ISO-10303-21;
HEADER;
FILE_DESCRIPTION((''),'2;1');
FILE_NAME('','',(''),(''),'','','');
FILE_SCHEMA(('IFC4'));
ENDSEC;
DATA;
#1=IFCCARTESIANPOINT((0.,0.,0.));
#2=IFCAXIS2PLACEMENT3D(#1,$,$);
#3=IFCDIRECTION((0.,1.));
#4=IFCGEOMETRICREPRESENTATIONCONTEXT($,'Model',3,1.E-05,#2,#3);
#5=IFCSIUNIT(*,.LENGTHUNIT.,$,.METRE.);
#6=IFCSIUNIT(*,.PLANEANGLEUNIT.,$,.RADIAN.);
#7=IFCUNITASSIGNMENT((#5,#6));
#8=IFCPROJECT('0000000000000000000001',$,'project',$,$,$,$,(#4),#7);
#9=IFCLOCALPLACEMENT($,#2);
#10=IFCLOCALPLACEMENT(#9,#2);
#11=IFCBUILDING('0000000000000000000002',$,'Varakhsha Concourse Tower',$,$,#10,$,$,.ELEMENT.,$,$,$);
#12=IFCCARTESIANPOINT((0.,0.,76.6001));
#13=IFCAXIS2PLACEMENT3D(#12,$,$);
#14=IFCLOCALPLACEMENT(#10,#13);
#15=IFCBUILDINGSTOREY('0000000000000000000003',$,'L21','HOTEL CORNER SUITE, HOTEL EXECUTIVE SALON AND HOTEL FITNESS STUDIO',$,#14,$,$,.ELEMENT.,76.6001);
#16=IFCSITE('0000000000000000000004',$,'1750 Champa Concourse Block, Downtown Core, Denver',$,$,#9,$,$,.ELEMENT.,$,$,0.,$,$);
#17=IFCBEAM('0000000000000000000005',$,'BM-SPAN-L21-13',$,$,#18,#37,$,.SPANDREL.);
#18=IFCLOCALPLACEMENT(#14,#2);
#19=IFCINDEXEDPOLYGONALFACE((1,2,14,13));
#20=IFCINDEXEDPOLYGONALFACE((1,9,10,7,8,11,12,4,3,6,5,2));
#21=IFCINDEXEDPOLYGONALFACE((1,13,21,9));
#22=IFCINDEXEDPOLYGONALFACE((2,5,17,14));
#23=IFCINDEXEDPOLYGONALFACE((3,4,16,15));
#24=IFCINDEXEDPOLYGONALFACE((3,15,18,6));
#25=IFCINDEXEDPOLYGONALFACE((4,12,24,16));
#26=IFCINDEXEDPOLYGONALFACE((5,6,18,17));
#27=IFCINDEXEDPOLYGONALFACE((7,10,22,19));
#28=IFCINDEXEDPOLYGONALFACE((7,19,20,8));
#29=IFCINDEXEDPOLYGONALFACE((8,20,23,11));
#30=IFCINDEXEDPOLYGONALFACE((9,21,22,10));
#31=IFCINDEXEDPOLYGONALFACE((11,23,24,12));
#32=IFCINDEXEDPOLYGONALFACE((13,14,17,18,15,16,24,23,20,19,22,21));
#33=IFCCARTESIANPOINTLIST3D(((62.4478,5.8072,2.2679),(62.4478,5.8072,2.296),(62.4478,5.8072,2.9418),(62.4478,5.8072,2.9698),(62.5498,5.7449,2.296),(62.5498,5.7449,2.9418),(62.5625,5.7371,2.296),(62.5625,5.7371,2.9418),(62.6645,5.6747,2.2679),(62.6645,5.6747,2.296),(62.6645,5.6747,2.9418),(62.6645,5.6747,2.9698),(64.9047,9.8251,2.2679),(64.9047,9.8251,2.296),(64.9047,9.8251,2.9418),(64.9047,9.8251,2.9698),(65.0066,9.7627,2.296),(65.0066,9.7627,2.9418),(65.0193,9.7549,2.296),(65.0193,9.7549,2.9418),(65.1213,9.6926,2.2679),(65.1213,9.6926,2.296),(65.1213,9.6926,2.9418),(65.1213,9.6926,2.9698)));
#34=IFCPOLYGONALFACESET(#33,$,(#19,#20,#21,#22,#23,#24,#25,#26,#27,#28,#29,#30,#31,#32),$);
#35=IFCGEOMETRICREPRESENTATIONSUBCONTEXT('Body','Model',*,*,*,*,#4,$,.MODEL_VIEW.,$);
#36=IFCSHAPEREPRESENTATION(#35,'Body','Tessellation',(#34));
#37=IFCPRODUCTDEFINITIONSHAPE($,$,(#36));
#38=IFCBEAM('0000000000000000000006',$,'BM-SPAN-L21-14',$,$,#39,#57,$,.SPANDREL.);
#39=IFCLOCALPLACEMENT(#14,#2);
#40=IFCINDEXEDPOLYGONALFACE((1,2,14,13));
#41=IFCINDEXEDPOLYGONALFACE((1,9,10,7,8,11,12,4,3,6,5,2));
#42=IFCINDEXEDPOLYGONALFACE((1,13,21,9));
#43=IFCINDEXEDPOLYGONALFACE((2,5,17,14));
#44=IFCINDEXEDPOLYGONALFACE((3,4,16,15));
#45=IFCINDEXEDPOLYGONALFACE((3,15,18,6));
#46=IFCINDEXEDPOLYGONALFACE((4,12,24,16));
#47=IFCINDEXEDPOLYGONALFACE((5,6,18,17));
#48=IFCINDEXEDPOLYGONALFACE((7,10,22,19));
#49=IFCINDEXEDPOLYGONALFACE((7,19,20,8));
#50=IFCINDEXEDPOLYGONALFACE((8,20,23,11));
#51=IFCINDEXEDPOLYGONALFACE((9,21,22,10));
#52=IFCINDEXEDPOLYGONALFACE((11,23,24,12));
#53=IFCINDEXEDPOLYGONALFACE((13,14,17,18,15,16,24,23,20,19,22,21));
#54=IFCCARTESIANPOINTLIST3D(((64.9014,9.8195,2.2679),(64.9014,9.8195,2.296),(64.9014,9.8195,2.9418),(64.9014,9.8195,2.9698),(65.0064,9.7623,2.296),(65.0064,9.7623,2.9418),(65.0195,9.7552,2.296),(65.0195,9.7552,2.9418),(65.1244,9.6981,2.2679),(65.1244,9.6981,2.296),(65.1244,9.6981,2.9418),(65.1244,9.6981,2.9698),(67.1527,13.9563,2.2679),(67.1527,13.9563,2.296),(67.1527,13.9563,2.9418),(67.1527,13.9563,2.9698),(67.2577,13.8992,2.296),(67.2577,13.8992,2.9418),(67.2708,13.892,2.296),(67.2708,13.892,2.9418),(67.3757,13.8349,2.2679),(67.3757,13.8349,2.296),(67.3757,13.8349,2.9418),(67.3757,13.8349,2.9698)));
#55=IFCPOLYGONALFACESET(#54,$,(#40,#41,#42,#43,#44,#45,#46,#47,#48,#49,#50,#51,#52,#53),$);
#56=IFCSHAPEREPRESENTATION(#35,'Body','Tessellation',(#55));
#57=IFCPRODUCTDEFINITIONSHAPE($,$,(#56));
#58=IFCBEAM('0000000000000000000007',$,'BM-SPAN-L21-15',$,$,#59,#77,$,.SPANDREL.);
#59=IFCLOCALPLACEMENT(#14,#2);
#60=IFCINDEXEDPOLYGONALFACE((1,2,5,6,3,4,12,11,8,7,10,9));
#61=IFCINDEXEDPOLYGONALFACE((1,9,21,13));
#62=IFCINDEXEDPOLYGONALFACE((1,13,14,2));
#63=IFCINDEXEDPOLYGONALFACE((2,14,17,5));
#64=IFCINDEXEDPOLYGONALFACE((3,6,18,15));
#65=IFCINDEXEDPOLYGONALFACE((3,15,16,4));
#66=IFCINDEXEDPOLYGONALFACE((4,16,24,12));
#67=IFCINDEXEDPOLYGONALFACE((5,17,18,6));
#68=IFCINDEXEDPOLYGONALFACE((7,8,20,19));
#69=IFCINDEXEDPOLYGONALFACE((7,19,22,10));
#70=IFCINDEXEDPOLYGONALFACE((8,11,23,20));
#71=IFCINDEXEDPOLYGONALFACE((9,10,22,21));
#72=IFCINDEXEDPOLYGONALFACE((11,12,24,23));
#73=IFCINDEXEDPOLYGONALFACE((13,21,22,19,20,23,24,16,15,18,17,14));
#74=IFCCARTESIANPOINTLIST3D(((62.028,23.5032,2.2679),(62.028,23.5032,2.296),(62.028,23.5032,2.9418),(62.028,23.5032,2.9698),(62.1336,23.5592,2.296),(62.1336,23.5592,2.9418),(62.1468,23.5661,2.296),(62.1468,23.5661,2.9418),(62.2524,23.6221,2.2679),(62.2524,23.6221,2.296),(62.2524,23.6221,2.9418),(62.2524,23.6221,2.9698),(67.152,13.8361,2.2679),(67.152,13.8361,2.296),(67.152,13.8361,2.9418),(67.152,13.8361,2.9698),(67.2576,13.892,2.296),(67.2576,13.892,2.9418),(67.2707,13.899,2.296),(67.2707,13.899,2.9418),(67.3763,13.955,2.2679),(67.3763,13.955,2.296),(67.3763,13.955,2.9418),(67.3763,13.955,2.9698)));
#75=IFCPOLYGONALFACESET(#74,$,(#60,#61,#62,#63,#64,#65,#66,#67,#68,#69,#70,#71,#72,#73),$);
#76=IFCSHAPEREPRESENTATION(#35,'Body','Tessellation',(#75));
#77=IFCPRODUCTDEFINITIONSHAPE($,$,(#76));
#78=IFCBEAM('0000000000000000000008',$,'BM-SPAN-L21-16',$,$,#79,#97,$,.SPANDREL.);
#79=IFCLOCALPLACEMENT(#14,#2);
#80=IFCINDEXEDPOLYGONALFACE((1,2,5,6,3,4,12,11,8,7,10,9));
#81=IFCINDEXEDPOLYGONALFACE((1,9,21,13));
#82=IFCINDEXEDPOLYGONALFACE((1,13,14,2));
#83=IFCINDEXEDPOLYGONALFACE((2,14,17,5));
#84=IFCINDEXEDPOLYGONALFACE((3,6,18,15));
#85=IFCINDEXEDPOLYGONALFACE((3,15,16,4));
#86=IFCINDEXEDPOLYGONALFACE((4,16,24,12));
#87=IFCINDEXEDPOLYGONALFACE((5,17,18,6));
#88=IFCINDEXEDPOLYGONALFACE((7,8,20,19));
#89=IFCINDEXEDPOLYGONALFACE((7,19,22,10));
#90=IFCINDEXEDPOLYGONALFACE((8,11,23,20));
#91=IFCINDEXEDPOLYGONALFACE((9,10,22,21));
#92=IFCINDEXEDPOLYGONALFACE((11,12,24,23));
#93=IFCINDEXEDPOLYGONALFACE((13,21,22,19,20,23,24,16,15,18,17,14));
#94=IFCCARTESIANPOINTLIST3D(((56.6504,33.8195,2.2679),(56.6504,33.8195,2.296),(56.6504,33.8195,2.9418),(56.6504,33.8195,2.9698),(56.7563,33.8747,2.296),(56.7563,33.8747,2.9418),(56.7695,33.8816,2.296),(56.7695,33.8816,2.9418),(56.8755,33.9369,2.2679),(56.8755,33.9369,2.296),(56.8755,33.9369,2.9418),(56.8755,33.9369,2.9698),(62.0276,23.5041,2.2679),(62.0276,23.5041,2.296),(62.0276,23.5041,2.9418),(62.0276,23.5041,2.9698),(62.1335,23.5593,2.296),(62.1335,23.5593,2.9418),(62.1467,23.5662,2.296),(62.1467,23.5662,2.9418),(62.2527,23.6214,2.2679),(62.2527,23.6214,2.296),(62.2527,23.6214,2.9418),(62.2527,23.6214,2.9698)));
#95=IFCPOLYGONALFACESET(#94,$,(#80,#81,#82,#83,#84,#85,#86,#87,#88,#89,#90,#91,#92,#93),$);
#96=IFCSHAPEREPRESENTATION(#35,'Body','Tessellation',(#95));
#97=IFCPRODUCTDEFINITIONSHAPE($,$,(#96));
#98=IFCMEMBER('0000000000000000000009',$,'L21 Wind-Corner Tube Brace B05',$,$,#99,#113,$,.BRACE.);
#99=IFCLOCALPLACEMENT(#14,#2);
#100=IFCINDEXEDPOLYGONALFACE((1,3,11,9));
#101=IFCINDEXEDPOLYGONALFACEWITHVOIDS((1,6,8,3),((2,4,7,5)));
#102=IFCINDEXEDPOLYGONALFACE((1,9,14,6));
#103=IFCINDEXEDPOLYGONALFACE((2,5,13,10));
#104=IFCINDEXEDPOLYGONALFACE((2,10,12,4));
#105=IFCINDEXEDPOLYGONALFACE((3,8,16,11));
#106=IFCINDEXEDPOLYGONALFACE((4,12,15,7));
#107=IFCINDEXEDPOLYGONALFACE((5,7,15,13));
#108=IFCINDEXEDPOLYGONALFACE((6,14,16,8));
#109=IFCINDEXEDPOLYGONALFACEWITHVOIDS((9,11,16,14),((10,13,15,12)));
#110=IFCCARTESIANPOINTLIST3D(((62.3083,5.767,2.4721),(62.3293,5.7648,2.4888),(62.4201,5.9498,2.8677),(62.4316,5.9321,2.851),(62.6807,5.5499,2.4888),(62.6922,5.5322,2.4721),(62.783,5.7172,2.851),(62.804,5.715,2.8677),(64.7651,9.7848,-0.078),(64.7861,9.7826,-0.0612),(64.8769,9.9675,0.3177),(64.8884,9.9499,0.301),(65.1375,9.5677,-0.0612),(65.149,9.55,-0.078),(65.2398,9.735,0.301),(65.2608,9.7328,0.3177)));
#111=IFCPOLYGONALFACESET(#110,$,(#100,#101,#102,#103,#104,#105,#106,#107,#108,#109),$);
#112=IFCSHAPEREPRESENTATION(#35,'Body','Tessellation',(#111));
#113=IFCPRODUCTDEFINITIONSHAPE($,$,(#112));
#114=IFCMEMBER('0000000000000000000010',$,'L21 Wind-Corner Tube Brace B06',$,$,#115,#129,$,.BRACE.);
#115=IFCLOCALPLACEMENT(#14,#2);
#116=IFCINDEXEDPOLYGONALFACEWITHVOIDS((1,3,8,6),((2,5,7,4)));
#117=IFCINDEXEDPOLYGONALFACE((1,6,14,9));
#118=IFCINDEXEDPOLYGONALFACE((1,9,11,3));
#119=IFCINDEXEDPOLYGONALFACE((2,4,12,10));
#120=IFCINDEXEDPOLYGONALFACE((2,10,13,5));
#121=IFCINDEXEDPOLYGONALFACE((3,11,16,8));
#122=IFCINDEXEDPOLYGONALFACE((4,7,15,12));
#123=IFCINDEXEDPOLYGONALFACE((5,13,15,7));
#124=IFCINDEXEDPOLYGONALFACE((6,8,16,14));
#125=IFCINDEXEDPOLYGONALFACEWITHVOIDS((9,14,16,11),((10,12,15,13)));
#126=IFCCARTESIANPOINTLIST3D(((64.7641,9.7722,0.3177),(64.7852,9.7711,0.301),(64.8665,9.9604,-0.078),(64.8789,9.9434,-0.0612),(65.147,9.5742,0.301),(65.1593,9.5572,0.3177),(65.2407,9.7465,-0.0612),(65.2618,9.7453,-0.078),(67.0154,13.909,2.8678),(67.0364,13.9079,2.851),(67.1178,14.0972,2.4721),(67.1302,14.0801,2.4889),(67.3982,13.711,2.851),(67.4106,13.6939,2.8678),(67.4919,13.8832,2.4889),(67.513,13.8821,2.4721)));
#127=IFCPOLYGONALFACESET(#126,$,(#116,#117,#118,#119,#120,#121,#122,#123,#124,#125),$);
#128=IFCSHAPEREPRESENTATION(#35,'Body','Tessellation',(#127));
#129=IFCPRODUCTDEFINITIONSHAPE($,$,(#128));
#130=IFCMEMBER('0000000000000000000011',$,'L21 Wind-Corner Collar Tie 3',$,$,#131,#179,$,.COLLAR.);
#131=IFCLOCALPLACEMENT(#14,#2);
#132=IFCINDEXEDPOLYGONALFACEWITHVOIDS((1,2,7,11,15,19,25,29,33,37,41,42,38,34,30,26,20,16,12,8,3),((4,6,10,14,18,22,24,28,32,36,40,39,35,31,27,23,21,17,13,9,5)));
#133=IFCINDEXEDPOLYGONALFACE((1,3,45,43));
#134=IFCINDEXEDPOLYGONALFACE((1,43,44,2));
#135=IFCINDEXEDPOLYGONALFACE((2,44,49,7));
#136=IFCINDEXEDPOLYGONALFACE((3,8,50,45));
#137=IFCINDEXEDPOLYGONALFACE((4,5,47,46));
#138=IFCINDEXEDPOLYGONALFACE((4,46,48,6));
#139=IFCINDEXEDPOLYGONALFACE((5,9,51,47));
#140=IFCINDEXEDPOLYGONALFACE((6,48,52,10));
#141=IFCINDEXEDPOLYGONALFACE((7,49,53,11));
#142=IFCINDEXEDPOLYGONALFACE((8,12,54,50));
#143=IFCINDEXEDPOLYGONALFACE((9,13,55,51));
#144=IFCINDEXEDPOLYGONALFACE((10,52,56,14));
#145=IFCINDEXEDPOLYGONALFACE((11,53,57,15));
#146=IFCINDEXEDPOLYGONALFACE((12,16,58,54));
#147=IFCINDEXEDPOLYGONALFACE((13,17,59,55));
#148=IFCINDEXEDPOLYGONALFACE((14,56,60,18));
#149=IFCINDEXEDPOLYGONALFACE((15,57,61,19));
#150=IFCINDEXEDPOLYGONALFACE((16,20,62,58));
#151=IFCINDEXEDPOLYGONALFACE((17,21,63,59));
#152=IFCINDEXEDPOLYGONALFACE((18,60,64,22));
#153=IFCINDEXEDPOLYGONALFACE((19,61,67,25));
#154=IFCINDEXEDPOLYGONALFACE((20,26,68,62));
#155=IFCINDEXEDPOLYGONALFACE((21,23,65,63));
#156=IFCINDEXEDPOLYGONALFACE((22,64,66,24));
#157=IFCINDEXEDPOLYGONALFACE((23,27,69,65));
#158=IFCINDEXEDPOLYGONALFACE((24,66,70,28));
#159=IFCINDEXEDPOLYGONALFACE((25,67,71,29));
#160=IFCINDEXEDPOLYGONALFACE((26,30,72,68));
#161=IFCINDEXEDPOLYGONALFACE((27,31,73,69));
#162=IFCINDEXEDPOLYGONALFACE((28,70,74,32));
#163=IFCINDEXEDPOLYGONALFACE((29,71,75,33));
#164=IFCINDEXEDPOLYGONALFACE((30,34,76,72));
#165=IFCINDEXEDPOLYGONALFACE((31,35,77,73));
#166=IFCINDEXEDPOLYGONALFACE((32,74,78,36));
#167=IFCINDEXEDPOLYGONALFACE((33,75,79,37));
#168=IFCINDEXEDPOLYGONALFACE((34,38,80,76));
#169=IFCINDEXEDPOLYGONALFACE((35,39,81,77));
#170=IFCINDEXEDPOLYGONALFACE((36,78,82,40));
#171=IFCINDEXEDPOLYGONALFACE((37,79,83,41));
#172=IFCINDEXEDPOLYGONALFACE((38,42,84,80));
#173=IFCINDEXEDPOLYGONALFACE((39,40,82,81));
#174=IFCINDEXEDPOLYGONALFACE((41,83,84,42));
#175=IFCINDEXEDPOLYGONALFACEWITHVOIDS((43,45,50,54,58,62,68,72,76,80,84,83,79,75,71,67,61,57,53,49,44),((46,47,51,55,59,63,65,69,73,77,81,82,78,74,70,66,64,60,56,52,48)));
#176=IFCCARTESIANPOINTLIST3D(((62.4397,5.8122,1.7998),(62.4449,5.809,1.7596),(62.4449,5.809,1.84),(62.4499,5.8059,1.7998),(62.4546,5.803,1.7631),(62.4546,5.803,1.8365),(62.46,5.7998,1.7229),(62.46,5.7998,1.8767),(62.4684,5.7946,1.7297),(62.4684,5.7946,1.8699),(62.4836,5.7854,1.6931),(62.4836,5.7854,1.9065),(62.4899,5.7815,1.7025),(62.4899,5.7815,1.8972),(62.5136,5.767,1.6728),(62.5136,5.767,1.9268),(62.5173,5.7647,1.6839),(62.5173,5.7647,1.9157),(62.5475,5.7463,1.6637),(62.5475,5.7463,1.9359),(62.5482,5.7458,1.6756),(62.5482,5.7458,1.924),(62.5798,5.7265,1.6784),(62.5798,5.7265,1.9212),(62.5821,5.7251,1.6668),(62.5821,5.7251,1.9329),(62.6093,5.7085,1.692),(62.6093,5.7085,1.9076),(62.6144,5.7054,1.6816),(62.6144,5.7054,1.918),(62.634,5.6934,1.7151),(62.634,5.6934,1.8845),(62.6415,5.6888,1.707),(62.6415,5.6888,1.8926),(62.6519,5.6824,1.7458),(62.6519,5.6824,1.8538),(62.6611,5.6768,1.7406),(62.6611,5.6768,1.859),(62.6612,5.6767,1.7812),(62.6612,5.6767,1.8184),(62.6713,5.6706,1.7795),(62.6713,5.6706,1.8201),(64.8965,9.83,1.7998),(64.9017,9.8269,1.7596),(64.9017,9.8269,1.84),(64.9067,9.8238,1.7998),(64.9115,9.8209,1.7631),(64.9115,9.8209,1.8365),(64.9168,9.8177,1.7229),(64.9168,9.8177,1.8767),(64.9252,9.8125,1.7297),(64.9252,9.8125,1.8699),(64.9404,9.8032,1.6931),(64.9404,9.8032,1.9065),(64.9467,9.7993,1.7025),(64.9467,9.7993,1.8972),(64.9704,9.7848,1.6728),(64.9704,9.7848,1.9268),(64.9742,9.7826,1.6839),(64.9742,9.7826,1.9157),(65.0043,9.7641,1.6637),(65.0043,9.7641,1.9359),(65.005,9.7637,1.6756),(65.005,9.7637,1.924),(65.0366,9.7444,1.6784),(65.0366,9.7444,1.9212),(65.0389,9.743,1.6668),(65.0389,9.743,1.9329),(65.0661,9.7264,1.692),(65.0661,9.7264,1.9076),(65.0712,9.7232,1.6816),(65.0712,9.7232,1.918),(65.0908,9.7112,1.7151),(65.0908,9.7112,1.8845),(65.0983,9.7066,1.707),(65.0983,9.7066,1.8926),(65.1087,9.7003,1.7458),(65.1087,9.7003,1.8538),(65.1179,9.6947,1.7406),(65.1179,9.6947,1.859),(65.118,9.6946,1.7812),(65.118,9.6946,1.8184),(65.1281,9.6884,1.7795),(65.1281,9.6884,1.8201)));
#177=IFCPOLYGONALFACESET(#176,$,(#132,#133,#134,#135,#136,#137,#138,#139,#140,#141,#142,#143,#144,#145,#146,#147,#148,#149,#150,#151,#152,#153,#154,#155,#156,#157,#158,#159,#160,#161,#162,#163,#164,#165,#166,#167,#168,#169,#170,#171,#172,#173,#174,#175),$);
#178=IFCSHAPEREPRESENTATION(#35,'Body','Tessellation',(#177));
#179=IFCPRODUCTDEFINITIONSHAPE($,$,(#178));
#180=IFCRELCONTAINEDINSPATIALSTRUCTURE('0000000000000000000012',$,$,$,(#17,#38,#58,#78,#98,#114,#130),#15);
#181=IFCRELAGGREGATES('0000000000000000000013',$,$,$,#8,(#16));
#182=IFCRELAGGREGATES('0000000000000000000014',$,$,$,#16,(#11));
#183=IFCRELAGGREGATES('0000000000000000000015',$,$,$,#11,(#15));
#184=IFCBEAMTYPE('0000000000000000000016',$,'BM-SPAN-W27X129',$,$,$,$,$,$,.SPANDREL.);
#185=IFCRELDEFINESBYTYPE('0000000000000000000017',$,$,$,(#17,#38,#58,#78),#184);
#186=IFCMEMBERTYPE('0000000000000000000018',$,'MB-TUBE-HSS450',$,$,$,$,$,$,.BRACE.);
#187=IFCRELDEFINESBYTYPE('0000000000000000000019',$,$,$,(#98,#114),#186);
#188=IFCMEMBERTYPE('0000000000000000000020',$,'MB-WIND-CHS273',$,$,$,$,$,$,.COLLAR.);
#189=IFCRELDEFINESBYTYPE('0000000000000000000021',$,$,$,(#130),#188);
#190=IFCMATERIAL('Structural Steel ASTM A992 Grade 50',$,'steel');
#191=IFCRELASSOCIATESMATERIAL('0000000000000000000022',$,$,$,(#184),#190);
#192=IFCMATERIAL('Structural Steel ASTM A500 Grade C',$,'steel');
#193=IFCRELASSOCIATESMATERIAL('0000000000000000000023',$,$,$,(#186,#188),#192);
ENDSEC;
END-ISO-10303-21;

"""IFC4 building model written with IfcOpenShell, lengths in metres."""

from ifc_helpers import new_model, si_unit, direction, frame, origin, origin_2d, place, context, subcontext, project, spatial, hollow_rectangle, hollow_circle, i_section, extrude, source, transform, mapped, material, material_profile, profile_set, type_object, type_shapes, element, save


model = new_model("IFC4")

# Units and contexts
model_context = context("Model", 3, precision=1e-05, world=origin(), true_north=direction((0.0, 1.0)))
body_context = subcontext(model_context, "Body", "Model", "MODEL_VIEW")
ifc_project = project(units=[si_unit("LENGTHUNIT", "METRE"), si_unit("PLANEANGLEUNIT", "RADIAN")], contexts=[model_context])

# Site, building, storey
site_placement = place(None, origin())
site = spatial("IfcSite", under=ifc_project, at=site_placement, Name="1750 Champa Concourse Block, Downtown Core, Denver", CompositionType="ELEMENT", RefElevation=0.0)
building_placement = place(site_placement, origin())
building = spatial("IfcBuilding", under=site, at=building_placement, Name="Varakhsha Concourse Tower", CompositionType="ELEMENT")
storey_placement = place(building_placement, frame((0.0, 0.0, 76.6001)))
storey = spatial("IfcBuildingStorey", under=building, at=storey_placement, Name="L21", Description="HOTEL CORNER SUITE, HOTEL EXECUTIVE SALON AND HOTEL FITNESS STUDIO", CompositionType="ELEMENT", Elevation=76.6001)

# Beams
ifc_material_1 = material(Name="Structural Steel ASTM A992 Grade 50", Category="steel")
ifc_material_profile_1 = material_profile(ifc_material_1, i_section(OverallWidth=0.2539, OverallDepth=0.7019, WebThickness=0.0149, FlangeThickness=0.0281, at=origin_2d()), Name="W27X129")
ifc_profile_set_1 = profile_set([ifc_material_profile_1], Name="Structural Steel ASTM A992 Grade 50")
beam_type_1 = type_object("IfcBeamType", Name="BM-SPAN-W27X129", PredefinedType="SPANDREL", material=ifc_profile_set_1)
beam_1_placement = place(storey_placement, frame((62.5562, 5.741, 2.6189), z_axis=(0.521674, 0.853145, 0.0), x_axis=(-0.853145, 0.521674, 0.0)))
element("IfcBeam", 1, at=beam_1_placement, inside=storey, type_object=beam_type_1, Name="BM-SPAN-L21-13", PredefinedType="SPANDREL", context=body_context, shape_type="SweptSolid", body=[
    extrude(i_section(OverallWidth=0.2539, OverallDepth=0.7019, WebThickness=0.0149, FlangeThickness=0.0281, at=origin_2d()), origin(), (0.0, 0.0, 1.0), 4.7095),
])
beam_2_placement = place(storey_placement, frame((65.0129, 9.7588, 2.6189), z_axis=(0.478006, 0.878357, 0.0), x_axis=(-0.878357, 0.478006, 0.0)))
element("IfcBeam", 2, at=beam_2_placement, inside=storey, type_object=beam_type_1, Name="BM-SPAN-L21-14", PredefinedType="SPANDREL", context=body_context, shape_type="SweptSolid", body=[
    extrude(i_section(OverallWidth=0.2539, OverallDepth=0.7019, WebThickness=0.0149, FlangeThickness=0.0281, at=origin_2d()), origin(), (0.0, 0.0, 1.0), 4.7097),
])
beam_3_placement = place(storey_placement, frame((67.2642, 13.8955, 2.6189), z_axis=(-0.468321, 0.883558, 0.0), x_axis=(-0.883558, -0.468321, 0.0)))
element("IfcBeam", 3, at=beam_3_placement, inside=storey, type_object=beam_type_1, Name="BM-SPAN-L21-15", PredefinedType="SPANDREL", context=body_context, shape_type="SweptSolid", body=[
    extrude(i_section(OverallWidth=0.2539, OverallDepth=0.7019, WebThickness=0.0149, FlangeThickness=0.0281, at=origin_2d()), origin(), (0.0, 0.0, 1.0), 10.9412),
])
beam_4_placement = place(storey_placement, frame((62.1401, 23.5627, 2.6189), z_axis=(-0.462244, 0.886753, 0.0), x_axis=(-0.886753, -0.462244, 0.0)))
element("IfcBeam", 4, at=beam_4_placement, inside=storey, type_object=beam_type_1, Name="BM-SPAN-L21-16", PredefinedType="SPANDREL", context=body_context, shape_type="SweptSolid", body=[
    extrude(i_section(OverallWidth=0.2539, OverallDepth=0.7019, WebThickness=0.0149, FlangeThickness=0.0281, at=origin_2d()), origin(), (0.0, 0.0, 1.0), 11.6328),
])

# Members
ifc_material_2 = material(Name="Structural Steel ASTM A500 Grade C", Category="steel")
ifc_material_profile_2 = material_profile(ifc_material_2, hollow_rectangle(XDim=0.45, YDim=0.45, WallThickness=0.019, at=origin_2d()), Name="HSS 450x450x19")
ifc_profile_set_2 = profile_set([ifc_material_profile_2], Name="Structural Steel ASTM A500 Grade C")
member_type_1 = type_object("IfcMemberType", Name="MB-TUBE-HSS450", PredefinedType="BRACE", material=ifc_profile_set_2)
shared_shape_1 = source(origin(), body_context, "Body", "SweptSolid", [
    extrude(hollow_rectangle(XDim=0.45, YDim=0.45, WallThickness=0.019, at=origin_2d()), origin(), (0.0, 0.0, 1.0), 5.3555),
])
member_1_placement = place(storey_placement, frame((65.0129, 9.7588, 0.1199), z_axis=(-0.45874, -0.750223, 0.476155), x_axis=(0.853145, -0.521674, 0.0)))
element("IfcMember", 5, at=member_1_placement, inside=storey, type_object=member_type_1, Name="L21 Wind-Corner Tube Brace B05", PredefinedType="BRACE", context=body_context, shape_type="MappedRepresentation", body=[
    mapped(shared_shape_1, transform((0.0, 0.0, 0.0), scale=1.0)),
])
shared_shape_2 = source(origin(), body_context, "Body", "SweptSolid", [
    extrude(hollow_rectangle(XDim=0.45, YDim=0.45, WallThickness=0.019, at=origin_2d()), origin(), (0.0, 0.0, 1.0), 5.3557),
])
type_shapes(member_type_1, [shared_shape_1, shared_shape_2])
member_2_placement = place(storey_placement, frame((65.0129, 9.7588, 0.1199), z_axis=(0.420344, 0.7724, 0.47614), x_axis=(-0.878357, 0.478006, 0.0)))
element("IfcMember", 6, at=member_2_placement, inside=storey, type_object=member_type_1, Name="L21 Wind-Corner Tube Brace B06", PredefinedType="BRACE", context=body_context, shape_type="MappedRepresentation", body=[
    mapped(shared_shape_2, transform((0.0, 0.0, 0.0), scale=1.0)),
])
ifc_material_profile_3 = material_profile(ifc_material_2, hollow_circle(Radius=0.1365, WallThickness=0.012, at=origin_2d()), Name="CHS 273x12")
ifc_profile_set_3 = profile_set([ifc_material_profile_3], Name="Structural Steel ASTM A500 Grade C")
member_type_2 = type_object("IfcMemberType", Name="MB-WIND-CHS273", PredefinedType="COLLAR", material=ifc_profile_set_3)
shared_shape_3 = source(origin(), body_context, "Body", "SweptSolid", [
    extrude(hollow_circle(Radius=0.1365, WallThickness=0.012, at=origin_2d()), origin(), (0.0, 0.0, 1.0), 4.7095),
])
type_shapes(member_type_2, [shared_shape_3])
member_3_placement = place(storey_placement, frame((62.5562, 5.741, 1.7998), z_axis=(0.521674, 0.853145, 0.0), x_axis=(-0.853145, 0.521674, 0.0)))
element("IfcMember", 7, at=member_3_placement, inside=storey, type_object=member_type_2, Name="L21 Wind-Corner Collar Tie 3", PredefinedType="COLLAR", context=body_context, shape_type="MappedRepresentation", body=[
    mapped(shared_shape_3, transform((0.0, 0.0, 0.0), scale=1.0)),
])

save(model, "model.ifc")
